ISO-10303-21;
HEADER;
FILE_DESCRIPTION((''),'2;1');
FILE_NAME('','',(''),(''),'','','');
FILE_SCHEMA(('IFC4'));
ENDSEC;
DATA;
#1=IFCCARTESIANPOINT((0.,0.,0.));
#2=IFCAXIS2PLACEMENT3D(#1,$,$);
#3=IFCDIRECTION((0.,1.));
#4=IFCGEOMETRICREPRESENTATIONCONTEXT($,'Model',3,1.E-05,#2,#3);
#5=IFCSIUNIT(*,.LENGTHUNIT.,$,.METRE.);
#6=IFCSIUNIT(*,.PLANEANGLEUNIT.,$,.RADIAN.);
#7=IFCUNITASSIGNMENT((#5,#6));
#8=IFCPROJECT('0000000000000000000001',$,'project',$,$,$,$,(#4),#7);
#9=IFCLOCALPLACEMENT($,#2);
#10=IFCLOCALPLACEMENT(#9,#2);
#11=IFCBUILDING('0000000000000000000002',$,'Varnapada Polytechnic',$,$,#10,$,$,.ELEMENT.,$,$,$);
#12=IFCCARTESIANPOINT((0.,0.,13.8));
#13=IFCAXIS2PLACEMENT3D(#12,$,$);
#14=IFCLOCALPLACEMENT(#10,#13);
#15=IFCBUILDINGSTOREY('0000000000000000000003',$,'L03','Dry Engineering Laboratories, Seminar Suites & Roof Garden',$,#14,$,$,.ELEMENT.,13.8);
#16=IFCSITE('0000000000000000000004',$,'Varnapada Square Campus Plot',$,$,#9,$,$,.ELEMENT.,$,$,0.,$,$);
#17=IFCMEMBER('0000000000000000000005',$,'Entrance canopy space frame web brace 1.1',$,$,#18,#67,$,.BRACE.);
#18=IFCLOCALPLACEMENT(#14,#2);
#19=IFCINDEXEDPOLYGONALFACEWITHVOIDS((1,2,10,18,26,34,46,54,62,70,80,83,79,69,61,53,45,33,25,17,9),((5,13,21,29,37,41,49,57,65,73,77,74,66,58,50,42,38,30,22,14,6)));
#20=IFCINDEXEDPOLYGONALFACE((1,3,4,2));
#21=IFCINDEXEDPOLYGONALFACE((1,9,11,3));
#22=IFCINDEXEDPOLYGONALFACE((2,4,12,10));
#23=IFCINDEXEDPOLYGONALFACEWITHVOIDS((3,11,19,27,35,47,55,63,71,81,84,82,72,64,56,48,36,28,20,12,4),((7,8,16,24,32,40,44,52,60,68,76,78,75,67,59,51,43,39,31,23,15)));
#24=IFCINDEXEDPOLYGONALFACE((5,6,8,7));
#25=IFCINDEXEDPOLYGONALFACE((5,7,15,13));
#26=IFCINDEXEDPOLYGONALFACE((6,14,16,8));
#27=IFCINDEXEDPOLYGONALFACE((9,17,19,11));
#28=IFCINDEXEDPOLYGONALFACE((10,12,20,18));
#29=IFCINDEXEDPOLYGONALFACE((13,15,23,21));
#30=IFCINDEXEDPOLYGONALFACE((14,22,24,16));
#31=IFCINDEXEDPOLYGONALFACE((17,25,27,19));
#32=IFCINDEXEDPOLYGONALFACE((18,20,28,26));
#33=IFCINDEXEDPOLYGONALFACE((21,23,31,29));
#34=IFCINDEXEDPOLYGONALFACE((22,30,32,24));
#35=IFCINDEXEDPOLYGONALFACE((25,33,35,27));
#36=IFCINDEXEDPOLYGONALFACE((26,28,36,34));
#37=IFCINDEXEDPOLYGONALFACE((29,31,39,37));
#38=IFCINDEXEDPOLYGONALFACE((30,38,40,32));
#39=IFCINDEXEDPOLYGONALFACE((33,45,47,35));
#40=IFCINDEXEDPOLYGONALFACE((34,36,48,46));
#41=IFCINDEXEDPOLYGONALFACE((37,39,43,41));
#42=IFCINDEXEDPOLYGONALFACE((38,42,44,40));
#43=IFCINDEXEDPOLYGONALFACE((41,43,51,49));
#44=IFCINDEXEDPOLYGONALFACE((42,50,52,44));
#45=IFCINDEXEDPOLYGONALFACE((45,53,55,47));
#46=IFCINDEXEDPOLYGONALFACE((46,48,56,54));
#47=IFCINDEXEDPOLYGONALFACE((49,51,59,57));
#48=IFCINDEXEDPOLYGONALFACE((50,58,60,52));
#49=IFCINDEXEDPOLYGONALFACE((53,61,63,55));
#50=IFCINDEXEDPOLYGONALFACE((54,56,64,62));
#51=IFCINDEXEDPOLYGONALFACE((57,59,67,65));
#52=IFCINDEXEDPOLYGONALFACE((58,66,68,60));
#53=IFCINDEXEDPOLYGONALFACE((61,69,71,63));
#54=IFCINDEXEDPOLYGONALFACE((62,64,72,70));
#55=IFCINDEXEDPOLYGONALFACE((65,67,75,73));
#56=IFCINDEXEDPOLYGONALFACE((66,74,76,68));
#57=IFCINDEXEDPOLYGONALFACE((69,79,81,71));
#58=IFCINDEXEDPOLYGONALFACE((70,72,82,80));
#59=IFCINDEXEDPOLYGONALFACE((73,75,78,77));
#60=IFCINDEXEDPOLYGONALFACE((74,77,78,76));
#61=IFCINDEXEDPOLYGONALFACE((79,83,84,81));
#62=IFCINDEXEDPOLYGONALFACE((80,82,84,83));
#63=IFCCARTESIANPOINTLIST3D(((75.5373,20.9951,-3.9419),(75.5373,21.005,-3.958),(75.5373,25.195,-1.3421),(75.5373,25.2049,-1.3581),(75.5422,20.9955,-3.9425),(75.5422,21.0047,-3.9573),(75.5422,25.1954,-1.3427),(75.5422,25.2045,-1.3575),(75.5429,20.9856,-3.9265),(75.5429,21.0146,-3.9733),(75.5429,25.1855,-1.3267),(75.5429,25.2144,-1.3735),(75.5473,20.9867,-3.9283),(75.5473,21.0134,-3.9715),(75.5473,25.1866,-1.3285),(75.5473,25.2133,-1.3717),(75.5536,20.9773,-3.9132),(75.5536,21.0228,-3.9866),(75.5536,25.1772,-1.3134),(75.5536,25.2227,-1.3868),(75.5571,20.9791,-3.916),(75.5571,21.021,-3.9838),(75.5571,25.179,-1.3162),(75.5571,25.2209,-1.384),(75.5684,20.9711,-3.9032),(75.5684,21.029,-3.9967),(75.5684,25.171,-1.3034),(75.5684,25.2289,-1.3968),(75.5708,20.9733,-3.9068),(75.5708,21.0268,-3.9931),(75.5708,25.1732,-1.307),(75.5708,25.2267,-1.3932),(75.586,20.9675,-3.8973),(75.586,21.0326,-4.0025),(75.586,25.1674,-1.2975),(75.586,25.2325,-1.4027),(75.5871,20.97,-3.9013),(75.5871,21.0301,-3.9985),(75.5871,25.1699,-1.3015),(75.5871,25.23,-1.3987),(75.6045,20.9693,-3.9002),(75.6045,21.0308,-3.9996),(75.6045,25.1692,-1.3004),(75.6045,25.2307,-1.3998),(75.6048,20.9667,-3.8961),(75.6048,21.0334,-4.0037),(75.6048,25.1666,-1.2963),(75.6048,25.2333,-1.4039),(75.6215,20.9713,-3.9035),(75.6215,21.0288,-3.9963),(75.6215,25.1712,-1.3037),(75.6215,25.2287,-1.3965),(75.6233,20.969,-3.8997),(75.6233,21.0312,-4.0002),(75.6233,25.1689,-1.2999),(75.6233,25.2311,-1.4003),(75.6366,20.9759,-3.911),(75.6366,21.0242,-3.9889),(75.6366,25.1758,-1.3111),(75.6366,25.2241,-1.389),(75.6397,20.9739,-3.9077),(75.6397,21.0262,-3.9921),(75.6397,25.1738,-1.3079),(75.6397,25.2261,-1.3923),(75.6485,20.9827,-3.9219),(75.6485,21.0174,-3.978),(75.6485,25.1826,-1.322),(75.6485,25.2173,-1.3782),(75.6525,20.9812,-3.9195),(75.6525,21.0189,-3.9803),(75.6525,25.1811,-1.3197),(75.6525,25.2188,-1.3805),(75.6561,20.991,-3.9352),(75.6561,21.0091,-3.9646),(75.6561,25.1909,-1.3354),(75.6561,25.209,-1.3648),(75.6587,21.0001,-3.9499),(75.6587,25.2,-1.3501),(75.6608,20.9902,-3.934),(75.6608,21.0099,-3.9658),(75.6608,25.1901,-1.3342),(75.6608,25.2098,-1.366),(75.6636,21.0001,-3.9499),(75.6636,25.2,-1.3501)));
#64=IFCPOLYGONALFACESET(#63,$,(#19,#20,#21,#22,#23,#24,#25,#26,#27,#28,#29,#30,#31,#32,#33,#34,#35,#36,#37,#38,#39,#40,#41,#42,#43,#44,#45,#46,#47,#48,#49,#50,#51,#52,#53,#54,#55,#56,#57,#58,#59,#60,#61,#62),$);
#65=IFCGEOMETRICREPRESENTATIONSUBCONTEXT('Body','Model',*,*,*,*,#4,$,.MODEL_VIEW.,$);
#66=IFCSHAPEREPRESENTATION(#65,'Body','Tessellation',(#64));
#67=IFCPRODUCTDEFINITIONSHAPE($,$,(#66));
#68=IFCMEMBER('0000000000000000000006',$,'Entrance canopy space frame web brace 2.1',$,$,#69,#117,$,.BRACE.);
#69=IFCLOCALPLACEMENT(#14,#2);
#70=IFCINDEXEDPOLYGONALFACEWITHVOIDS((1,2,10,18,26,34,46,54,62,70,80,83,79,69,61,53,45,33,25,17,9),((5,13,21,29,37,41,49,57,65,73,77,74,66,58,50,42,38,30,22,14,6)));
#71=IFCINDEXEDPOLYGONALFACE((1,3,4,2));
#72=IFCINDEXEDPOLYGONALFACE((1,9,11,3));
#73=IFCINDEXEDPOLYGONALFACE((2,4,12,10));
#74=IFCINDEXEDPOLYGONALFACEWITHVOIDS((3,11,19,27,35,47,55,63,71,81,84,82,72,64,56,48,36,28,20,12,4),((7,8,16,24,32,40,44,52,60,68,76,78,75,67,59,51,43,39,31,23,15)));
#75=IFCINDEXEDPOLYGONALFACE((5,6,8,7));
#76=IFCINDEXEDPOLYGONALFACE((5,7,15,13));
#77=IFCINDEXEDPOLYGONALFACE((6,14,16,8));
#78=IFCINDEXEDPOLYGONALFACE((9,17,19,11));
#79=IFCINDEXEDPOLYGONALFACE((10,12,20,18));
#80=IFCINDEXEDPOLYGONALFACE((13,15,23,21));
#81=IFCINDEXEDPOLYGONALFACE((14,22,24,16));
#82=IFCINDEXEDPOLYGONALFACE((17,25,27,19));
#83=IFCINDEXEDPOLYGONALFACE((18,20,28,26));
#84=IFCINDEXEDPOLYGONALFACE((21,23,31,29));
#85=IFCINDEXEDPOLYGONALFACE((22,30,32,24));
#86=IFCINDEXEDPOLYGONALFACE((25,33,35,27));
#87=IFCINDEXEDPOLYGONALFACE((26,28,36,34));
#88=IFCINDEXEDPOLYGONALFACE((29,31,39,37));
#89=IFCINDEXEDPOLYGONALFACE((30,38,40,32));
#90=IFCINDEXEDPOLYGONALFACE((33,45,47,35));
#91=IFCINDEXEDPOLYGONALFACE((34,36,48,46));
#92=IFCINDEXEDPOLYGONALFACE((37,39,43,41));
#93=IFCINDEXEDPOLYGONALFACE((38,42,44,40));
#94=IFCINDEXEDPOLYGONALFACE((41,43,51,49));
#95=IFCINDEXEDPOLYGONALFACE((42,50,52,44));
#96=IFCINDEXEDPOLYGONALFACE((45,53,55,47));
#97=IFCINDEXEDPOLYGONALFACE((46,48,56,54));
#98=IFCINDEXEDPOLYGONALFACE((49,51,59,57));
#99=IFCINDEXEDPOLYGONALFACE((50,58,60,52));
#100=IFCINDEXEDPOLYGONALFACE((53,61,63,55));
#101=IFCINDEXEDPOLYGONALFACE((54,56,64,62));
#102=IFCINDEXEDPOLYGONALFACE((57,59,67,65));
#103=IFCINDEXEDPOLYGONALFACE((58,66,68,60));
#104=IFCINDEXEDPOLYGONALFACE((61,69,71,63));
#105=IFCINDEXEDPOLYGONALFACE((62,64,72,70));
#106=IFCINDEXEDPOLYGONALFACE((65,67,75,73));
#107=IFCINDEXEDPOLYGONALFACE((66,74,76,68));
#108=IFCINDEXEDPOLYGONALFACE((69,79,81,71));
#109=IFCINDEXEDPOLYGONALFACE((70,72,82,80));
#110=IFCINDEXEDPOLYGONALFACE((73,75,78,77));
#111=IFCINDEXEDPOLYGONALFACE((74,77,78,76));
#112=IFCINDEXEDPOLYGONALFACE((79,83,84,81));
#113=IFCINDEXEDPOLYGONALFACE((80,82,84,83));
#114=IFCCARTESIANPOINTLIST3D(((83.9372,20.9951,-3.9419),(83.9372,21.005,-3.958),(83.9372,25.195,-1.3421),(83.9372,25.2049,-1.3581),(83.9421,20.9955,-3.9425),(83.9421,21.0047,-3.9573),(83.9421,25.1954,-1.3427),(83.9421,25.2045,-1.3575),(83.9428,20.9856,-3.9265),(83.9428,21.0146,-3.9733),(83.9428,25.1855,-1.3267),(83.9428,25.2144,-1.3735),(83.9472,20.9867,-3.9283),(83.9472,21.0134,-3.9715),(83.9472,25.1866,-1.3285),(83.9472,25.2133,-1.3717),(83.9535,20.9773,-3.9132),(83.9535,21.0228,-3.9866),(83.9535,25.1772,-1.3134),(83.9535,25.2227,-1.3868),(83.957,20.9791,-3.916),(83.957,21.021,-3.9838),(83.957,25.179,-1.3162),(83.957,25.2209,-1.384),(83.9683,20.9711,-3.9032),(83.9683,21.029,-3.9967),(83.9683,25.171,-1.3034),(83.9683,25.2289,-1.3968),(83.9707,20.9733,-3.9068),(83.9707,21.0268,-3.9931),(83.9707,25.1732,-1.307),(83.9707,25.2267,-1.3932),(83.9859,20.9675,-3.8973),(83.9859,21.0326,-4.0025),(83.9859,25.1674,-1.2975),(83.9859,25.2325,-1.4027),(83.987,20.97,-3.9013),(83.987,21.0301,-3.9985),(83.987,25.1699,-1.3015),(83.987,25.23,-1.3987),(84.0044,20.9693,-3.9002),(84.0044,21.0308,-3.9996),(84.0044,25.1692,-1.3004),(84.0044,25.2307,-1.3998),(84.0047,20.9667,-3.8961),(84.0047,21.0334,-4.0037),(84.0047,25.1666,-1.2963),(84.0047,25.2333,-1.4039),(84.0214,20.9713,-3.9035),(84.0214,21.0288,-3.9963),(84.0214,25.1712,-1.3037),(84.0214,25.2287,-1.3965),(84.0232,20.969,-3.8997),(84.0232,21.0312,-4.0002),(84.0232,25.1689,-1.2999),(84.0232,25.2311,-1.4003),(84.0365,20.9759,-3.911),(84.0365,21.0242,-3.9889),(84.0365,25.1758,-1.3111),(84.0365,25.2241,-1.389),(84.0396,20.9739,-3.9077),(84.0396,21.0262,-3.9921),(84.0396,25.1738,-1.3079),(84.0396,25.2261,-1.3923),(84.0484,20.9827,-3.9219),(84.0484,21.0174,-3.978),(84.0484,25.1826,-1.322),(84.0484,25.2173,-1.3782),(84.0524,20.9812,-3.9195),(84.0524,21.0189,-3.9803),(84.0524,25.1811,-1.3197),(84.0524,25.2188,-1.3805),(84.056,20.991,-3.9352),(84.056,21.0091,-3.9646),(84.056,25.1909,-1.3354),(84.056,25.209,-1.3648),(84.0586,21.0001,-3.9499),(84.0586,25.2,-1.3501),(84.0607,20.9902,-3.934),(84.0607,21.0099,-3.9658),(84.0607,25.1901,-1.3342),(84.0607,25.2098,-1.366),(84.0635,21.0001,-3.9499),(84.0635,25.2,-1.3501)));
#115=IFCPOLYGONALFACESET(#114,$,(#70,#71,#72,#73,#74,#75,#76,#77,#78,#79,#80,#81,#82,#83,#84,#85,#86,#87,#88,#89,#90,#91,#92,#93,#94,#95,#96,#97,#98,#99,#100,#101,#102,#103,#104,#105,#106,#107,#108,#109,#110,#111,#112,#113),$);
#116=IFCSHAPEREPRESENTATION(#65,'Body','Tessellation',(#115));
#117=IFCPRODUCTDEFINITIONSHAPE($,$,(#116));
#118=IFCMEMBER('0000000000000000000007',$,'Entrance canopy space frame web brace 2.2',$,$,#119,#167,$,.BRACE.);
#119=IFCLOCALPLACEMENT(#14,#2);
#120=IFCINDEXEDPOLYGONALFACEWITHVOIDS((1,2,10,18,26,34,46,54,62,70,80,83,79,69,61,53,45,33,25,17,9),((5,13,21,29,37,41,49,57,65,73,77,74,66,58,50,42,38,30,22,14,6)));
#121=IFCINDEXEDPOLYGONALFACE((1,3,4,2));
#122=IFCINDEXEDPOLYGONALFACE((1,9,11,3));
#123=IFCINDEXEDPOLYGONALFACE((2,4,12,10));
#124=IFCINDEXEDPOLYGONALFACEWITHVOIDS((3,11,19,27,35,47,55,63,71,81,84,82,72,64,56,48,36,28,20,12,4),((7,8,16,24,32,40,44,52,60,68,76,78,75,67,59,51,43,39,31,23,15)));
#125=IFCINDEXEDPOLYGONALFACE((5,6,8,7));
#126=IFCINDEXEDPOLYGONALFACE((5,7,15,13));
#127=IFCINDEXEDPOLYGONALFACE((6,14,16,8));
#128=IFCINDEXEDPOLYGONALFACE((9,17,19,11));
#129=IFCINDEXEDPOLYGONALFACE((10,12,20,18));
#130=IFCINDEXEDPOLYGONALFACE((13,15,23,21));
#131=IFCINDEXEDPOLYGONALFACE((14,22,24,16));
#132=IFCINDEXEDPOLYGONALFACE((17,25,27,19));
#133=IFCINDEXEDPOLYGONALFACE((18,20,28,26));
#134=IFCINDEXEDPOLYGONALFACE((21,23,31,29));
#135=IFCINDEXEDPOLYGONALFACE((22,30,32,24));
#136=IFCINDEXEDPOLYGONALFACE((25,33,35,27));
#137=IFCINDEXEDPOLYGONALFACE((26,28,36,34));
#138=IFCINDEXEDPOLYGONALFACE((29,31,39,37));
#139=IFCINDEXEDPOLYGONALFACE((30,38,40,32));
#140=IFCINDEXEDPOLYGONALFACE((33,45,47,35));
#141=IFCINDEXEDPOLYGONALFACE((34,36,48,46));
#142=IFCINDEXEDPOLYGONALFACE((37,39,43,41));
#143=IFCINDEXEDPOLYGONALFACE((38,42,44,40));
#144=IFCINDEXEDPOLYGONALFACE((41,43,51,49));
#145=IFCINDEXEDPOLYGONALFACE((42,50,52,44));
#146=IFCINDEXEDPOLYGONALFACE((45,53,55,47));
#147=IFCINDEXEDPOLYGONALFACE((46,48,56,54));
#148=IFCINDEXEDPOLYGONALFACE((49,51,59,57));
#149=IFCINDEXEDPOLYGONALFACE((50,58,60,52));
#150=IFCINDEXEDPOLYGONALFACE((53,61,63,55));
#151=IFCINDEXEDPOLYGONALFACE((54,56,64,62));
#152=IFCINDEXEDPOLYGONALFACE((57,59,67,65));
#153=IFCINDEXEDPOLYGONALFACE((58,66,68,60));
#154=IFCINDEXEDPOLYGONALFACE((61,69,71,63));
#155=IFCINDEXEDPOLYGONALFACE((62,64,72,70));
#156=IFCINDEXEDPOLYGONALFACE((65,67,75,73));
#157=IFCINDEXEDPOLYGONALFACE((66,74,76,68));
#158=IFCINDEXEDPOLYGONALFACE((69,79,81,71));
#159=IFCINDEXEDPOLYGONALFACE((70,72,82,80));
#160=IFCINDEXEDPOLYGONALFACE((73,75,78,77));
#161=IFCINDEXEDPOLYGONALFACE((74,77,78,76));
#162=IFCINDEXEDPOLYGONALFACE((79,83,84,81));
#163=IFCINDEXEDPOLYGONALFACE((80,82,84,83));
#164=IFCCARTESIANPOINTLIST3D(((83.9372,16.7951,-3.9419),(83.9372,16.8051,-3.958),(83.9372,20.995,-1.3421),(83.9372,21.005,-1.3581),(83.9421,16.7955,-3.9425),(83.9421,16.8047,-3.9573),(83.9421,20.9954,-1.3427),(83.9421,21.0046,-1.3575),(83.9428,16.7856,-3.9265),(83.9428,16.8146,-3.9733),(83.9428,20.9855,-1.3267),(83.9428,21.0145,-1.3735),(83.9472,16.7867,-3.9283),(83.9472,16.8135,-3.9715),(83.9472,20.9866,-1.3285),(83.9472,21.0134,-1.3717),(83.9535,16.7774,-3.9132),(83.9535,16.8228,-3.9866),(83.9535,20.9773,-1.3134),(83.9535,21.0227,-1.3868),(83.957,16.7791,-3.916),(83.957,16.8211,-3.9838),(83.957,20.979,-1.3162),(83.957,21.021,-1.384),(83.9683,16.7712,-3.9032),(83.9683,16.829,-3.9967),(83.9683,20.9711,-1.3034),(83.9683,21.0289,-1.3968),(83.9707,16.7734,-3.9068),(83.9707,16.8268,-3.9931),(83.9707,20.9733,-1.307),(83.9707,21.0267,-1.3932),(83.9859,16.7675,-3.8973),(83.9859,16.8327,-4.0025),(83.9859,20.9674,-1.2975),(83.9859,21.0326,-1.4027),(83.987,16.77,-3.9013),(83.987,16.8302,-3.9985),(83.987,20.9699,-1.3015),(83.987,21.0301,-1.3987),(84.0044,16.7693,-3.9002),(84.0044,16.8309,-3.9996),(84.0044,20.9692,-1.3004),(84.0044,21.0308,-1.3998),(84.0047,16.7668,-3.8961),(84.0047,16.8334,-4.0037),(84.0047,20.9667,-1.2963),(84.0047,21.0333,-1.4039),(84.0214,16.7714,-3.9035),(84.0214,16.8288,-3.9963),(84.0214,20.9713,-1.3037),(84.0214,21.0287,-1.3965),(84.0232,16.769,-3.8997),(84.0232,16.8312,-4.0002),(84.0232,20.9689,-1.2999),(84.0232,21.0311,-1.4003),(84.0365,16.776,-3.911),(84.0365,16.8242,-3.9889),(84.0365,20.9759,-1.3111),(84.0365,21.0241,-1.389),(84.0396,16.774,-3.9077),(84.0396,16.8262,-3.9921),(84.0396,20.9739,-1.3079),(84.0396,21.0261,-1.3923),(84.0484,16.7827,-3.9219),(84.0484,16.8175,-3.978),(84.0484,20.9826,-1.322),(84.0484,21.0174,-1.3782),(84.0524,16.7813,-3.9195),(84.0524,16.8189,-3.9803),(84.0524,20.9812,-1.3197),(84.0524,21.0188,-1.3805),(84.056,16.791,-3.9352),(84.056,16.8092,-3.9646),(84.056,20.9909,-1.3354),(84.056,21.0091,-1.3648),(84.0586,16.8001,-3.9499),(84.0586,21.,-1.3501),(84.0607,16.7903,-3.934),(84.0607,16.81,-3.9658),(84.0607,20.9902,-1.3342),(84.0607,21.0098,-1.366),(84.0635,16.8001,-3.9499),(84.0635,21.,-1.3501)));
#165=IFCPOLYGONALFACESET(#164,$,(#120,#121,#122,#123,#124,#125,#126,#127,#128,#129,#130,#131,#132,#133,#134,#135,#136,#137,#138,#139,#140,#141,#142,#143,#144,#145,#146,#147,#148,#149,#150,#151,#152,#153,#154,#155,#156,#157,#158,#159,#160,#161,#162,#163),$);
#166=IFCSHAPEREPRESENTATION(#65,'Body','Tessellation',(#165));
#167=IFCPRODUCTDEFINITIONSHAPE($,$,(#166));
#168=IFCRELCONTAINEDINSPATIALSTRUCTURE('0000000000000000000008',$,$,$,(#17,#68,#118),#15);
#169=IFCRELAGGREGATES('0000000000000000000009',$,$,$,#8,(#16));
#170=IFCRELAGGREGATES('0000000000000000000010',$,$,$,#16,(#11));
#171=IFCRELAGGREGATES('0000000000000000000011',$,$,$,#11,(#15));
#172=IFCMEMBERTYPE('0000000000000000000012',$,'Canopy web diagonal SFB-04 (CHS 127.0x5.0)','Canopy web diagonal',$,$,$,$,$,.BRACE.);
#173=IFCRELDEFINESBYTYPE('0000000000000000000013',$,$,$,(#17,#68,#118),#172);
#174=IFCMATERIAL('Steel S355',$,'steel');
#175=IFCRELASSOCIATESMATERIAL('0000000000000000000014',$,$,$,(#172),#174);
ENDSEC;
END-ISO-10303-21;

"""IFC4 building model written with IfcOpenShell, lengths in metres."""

from ifc_helpers import new_model, si_unit, direction, frame, origin, origin_2d, place, context, subcontext, project, spatial, hollow_circle, extrude, material, material_profile, profile_set, type_object, element, save


model = new_model("IFC4")

# Units and contexts
model_context = context("Model", 3, precision=1e-05, world=origin(), true_north=direction((0.0, 1.0)))
body_context = subcontext(model_context, "Body", "Model", "MODEL_VIEW")
ifc_project = project(units=[si_unit("LENGTHUNIT", "METRE"), si_unit("PLANEANGLEUNIT", "RADIAN")], contexts=[model_context])

# Site, building, storey
site_placement = place(None, origin())
site = spatial("IfcSite", under=ifc_project, at=site_placement, Name="Varnapada Square Campus Plot", CompositionType="ELEMENT", RefElevation=0.0)
building_placement = place(site_placement, origin())
building = spatial("IfcBuilding", under=site, at=building_placement, Name="Varnapada Polytechnic", CompositionType="ELEMENT")
storey_placement = place(building_placement, frame((0.0, 0.0, 13.8)))
storey = spatial("IfcBuildingStorey", under=building, at=storey_placement, Name="L03", Description="Dry Engineering Laboratories, Seminar Suites & Roof Garden", CompositionType="ELEMENT", Elevation=13.8)

# Members
ifc_material = material(Name="Steel S355", Category="steel")
ifc_material_profile_1 = material_profile(ifc_material, hollow_circle(Radius=0.0635, WallThickness=0.0049, at=origin_2d()), Name="CHS 127.0x5.0")
ifc_profile_set_1 = profile_set([ifc_material_profile_1], Name="Steel S355")
member_type_1 = type_object("IfcMemberType", Name="Canopy web diagonal SFB-04 (CHS 127.0x5.0)", Description="Canopy web diagonal", PredefinedType="BRACE", material=ifc_profile_set_1)
for number, where, z_axis, x_axis, name in (
    (1, (75.6001, 25.2, -1.3501), (0.0, -0.850276, -0.526338), (1.0, 0.0, 0.0), "Entrance canopy space frame web brace 1.1"),
    (2, (84.0, 25.2, -1.3501), (0.0, -0.850276, -0.526338), (1.0, 0.0, 0.0), "Entrance canopy space frame web brace 2.1"),
    (3, (84.0, 21.0, -1.3501), (0.0, -0.850276, -0.526338), (1.0, 0.0, 0.0), "Entrance canopy space frame web brace 2.2"),
):
    element("IfcMember", number, at=place(storey_placement, frame(where, z_axis=z_axis, x_axis=x_axis)), inside=storey, type_object=member_type_1, Name=name, PredefinedType="BRACE", context=body_context, shape_type="SweptSolid", body=[
        extrude(hollow_circle(Radius=0.0635, WallThickness=0.0049, at=origin_2d()), origin(), (0.0, 0.0, 1.0), 4.9395),
    ])

save(model, "model.ifc")
